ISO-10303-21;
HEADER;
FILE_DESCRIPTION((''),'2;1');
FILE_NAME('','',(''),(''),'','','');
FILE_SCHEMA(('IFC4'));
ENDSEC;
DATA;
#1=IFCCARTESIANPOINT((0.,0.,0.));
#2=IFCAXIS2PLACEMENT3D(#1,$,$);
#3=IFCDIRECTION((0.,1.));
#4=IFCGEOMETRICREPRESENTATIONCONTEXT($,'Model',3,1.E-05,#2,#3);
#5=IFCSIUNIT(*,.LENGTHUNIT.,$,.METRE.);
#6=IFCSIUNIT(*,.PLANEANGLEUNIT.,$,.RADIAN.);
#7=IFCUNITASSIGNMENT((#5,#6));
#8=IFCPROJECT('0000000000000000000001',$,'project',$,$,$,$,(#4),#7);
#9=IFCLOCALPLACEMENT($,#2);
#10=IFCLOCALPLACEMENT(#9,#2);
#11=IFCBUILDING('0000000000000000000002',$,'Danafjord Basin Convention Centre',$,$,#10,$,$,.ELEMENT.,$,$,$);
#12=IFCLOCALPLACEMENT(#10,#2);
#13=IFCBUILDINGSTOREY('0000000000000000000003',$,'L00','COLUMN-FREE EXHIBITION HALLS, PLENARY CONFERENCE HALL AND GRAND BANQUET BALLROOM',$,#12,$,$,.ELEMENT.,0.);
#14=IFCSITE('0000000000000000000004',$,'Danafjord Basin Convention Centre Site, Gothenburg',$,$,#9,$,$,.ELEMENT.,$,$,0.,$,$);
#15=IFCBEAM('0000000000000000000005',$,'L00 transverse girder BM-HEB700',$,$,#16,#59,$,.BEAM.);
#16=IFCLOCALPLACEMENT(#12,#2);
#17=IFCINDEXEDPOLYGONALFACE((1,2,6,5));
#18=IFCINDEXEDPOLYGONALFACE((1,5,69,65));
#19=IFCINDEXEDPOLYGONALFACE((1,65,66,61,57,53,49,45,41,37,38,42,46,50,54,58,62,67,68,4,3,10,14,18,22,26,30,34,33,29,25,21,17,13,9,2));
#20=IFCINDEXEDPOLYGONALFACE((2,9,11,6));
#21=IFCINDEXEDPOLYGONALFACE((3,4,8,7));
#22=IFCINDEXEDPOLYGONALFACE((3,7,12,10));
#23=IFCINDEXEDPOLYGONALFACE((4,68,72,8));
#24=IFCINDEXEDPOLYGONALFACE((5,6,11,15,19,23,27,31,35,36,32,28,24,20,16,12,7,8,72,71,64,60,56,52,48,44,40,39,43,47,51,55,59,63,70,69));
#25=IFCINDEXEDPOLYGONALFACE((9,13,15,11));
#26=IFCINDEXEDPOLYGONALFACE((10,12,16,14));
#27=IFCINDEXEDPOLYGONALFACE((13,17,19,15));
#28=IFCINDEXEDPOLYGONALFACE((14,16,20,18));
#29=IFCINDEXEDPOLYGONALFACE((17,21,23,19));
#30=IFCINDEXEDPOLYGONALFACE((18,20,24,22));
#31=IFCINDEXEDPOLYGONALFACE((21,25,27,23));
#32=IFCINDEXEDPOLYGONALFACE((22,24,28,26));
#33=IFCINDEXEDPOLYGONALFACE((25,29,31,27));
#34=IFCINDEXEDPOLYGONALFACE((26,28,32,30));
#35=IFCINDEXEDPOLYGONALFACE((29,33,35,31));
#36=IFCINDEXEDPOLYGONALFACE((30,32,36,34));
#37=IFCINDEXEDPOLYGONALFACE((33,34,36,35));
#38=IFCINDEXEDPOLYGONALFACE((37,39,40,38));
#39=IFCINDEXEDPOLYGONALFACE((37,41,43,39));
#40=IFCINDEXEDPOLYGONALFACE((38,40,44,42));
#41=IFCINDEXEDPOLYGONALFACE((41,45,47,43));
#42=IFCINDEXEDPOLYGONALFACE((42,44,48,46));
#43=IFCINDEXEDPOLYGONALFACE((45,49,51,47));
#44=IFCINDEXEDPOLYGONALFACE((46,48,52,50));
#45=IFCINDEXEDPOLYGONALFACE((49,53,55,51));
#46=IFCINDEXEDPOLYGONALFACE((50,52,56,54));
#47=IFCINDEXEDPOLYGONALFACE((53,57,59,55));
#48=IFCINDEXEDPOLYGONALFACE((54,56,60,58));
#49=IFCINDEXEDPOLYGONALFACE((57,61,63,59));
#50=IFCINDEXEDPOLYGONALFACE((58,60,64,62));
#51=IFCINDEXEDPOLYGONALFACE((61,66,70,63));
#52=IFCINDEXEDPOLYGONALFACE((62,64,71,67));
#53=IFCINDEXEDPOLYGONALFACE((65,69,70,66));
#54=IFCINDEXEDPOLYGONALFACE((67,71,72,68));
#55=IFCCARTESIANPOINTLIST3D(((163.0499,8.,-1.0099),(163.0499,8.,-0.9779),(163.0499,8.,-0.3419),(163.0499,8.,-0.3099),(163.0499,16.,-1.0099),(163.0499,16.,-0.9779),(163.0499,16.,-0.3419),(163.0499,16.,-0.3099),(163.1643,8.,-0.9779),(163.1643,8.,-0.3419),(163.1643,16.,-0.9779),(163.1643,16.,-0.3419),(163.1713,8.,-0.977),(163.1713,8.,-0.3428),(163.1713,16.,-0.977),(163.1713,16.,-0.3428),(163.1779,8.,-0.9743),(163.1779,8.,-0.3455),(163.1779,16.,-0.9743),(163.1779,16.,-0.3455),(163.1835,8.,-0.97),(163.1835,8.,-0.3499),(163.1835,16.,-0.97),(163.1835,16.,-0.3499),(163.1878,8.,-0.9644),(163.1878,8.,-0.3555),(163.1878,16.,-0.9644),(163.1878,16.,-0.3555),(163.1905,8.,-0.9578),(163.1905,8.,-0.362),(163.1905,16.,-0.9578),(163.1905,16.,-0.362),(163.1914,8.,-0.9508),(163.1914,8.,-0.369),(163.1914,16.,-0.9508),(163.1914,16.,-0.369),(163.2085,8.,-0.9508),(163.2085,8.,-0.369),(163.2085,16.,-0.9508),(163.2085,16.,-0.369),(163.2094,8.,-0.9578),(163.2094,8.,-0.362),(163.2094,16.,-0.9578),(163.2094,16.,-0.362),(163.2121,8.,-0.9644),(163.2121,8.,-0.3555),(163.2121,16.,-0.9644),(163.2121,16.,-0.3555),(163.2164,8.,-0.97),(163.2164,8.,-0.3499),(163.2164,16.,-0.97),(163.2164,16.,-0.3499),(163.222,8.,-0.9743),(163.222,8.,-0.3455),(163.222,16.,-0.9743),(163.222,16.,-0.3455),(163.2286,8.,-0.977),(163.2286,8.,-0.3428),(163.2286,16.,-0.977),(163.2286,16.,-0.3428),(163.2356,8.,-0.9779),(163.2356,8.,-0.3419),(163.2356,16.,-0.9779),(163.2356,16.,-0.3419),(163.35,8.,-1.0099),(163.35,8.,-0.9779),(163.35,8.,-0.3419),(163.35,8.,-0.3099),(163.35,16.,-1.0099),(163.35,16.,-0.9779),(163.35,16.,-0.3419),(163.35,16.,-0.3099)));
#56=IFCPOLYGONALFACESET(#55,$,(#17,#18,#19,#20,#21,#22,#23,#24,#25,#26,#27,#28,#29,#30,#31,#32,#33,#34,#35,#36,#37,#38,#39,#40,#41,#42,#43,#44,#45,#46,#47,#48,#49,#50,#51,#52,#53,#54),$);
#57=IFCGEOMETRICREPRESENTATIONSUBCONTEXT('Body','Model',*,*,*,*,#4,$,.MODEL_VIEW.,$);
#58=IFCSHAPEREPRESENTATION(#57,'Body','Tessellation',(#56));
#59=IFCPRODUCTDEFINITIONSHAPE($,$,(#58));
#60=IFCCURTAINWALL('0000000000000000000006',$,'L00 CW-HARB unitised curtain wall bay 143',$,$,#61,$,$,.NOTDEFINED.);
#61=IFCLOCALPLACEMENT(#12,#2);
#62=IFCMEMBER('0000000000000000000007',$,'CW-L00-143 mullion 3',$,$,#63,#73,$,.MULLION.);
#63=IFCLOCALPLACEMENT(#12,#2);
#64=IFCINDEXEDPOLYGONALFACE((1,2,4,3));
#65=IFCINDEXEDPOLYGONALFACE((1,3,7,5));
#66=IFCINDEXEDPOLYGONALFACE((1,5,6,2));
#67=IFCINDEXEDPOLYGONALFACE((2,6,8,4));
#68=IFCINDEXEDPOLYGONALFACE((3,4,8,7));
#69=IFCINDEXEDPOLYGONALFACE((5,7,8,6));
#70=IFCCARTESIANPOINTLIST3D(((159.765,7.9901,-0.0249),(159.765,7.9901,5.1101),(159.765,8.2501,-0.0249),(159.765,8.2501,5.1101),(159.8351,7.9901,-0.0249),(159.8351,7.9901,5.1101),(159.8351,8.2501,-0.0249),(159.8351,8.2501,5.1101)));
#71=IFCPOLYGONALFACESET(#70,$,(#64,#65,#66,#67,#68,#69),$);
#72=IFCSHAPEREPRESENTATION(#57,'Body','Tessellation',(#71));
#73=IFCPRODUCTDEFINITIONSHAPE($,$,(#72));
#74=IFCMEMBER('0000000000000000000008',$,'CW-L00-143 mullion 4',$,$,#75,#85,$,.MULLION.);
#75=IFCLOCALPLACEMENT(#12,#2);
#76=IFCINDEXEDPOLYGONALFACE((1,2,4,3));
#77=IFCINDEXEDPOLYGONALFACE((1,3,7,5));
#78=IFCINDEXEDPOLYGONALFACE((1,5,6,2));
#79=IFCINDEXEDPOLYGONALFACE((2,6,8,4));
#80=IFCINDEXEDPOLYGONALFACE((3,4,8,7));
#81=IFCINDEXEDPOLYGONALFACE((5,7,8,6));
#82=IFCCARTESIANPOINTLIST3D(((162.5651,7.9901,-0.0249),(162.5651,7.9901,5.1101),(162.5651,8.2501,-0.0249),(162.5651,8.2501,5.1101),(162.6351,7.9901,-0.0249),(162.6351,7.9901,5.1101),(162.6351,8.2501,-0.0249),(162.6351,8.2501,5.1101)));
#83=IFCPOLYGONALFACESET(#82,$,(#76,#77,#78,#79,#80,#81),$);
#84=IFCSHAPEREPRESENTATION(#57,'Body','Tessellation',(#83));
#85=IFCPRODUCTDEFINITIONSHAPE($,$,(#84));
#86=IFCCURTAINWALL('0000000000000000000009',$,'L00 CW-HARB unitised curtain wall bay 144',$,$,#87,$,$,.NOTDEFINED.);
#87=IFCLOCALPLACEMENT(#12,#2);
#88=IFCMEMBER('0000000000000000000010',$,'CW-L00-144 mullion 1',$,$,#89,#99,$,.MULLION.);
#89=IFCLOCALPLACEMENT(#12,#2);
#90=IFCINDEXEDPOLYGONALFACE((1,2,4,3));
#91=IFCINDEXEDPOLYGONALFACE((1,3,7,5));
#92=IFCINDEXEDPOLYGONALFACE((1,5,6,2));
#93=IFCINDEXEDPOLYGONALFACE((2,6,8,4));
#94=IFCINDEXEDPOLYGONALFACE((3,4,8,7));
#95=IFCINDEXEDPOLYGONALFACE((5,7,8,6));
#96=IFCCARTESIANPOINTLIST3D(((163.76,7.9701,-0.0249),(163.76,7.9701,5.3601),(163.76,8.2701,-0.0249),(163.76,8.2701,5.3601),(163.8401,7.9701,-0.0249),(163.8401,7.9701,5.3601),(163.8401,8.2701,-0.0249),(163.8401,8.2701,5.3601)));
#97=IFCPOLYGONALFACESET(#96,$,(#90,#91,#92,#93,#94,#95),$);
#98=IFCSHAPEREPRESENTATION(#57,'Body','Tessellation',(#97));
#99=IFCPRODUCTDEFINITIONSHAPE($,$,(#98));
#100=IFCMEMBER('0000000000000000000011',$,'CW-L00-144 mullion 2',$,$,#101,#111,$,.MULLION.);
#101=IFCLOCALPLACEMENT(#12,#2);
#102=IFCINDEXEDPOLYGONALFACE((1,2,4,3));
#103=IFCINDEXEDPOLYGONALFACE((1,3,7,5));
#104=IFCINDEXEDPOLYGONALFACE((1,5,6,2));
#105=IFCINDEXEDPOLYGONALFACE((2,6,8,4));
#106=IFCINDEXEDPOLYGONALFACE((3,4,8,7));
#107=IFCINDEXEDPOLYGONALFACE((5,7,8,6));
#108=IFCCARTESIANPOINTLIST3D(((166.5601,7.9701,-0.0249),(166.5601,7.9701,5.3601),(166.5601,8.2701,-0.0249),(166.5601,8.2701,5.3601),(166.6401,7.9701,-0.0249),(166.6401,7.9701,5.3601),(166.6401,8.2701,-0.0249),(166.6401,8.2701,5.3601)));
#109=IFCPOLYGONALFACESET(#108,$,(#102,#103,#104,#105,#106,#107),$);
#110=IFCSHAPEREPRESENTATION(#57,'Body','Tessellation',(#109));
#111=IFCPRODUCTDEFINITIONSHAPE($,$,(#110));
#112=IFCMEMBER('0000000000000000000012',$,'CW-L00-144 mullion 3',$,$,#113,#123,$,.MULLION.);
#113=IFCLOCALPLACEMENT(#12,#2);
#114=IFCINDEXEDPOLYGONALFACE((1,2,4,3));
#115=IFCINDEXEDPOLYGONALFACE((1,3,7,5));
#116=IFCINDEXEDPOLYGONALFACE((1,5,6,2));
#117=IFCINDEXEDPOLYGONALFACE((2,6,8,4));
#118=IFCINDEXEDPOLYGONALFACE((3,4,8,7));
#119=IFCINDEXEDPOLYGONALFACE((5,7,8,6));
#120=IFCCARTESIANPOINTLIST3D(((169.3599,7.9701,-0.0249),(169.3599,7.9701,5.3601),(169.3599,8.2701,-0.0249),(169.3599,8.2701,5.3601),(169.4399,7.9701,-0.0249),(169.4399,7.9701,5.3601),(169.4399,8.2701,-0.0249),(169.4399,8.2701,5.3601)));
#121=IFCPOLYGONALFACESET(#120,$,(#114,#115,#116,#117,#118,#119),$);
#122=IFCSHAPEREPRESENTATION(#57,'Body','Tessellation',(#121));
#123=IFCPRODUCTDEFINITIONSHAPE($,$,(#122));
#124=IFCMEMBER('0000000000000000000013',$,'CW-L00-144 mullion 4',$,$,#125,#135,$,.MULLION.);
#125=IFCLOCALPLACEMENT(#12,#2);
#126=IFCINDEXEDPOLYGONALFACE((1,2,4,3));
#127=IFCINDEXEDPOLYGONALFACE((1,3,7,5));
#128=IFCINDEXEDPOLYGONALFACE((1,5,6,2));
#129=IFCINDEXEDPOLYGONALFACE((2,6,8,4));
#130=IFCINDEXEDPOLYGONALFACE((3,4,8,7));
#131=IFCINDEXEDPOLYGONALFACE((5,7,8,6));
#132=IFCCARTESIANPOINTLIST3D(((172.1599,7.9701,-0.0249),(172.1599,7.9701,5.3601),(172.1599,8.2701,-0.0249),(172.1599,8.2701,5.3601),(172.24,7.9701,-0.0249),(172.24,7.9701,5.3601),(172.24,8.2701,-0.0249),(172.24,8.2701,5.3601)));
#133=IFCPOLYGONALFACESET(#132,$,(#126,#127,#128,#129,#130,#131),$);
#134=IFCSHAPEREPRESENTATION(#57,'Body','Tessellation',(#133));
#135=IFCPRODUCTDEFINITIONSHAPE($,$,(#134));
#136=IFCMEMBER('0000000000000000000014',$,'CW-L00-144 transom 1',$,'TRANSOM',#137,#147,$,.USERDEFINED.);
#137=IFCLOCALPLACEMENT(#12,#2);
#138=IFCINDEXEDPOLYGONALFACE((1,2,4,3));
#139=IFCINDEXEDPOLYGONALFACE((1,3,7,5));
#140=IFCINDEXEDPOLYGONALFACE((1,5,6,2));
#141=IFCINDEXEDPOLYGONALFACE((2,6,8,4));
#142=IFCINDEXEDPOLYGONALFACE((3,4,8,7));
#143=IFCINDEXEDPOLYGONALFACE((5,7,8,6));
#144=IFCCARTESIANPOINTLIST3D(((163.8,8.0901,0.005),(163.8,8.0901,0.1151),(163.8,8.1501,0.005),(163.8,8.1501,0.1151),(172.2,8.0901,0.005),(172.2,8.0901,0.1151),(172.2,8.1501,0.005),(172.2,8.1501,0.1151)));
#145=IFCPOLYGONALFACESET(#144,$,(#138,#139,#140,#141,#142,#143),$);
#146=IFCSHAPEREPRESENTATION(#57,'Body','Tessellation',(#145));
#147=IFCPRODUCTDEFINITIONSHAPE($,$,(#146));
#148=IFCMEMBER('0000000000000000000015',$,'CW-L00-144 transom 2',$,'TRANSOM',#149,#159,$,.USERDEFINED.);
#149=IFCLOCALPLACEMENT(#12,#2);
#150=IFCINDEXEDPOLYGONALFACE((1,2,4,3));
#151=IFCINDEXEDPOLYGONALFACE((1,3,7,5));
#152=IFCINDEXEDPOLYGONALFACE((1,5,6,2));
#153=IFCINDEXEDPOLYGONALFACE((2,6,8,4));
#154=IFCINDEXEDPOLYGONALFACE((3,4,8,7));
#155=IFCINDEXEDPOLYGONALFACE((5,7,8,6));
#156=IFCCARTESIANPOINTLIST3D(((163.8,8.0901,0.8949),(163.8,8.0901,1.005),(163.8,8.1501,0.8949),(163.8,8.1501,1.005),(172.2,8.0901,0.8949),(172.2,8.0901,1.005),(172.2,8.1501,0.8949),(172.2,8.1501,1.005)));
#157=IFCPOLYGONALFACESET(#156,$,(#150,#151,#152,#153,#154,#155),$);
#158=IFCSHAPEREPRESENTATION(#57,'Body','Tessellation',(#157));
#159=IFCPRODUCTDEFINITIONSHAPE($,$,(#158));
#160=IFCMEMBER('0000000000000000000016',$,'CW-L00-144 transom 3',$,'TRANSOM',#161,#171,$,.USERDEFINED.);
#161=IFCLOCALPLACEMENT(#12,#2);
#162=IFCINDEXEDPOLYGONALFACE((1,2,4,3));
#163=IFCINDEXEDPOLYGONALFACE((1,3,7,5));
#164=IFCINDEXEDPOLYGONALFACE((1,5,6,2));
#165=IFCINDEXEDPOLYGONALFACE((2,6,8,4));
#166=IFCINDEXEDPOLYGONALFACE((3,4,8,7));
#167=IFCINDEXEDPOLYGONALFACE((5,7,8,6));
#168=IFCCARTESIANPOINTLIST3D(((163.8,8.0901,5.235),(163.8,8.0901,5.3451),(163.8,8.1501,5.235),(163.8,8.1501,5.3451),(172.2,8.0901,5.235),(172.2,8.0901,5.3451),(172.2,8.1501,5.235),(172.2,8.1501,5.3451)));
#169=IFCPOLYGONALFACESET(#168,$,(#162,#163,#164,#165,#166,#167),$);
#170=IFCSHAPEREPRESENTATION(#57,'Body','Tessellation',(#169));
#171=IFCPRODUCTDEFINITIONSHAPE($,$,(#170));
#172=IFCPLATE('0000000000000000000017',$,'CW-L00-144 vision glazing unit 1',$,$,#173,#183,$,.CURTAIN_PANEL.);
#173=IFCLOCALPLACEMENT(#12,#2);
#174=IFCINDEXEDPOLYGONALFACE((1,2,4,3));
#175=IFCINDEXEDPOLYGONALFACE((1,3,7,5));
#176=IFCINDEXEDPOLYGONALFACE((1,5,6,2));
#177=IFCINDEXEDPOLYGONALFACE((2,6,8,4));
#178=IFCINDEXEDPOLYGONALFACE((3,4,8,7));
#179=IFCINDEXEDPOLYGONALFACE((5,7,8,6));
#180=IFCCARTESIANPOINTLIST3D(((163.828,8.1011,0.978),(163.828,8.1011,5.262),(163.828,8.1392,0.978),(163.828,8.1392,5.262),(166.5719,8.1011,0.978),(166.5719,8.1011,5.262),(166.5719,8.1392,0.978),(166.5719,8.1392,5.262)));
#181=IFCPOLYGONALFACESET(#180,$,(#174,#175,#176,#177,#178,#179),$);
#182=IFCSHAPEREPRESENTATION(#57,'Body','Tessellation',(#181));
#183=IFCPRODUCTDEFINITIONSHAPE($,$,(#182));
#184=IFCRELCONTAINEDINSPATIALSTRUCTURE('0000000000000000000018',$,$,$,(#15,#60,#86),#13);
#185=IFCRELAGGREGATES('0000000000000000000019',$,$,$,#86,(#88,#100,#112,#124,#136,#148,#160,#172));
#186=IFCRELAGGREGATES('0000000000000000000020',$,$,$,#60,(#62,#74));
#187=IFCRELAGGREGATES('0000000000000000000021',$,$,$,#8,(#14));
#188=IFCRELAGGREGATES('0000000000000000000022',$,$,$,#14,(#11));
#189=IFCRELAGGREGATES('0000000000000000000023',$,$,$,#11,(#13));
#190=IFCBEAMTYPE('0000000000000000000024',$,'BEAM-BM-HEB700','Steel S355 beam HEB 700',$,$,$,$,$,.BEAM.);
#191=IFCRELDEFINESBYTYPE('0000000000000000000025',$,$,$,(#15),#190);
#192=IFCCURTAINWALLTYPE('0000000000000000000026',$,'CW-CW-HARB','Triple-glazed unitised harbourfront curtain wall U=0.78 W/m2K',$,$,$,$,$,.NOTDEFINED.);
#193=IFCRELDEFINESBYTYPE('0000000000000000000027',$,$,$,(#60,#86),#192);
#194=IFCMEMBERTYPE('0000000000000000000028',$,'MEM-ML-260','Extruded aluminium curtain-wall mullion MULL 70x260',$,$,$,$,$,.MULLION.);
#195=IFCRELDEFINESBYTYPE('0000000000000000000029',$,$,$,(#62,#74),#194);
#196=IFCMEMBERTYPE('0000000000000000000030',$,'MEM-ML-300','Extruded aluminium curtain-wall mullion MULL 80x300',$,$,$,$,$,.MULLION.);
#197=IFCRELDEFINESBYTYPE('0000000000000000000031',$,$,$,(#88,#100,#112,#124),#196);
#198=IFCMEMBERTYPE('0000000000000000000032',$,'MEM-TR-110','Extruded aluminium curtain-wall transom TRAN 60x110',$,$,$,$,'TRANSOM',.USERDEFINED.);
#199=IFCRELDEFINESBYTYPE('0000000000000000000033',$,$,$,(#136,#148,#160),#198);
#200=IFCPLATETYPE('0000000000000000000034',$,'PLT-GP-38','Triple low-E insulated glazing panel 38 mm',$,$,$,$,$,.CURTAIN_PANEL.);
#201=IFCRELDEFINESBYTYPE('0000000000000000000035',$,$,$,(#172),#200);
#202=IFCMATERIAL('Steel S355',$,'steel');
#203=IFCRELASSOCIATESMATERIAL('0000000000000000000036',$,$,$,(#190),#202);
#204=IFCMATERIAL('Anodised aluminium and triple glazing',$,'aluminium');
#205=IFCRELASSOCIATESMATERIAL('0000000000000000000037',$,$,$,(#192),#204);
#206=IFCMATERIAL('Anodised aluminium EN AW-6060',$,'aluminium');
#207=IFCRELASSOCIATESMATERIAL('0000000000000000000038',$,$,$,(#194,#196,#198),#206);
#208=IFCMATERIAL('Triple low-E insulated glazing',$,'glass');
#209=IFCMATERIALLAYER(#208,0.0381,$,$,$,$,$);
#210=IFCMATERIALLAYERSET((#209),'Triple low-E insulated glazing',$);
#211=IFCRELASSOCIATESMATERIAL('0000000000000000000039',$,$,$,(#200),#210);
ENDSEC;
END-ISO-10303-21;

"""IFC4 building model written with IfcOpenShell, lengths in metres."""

from ifc_helpers import new_model, si_unit, direction, frame, origin, origin_2d, place, context, subcontext, project, spatial, rectangle, i_section, extrude, material, layer, layer_set, material_profile, profile_set, type_object, element, aggregate, save


model = new_model("IFC4")

# Units and contexts
model_context = context("Model", 3, precision=1e-05, world=origin(), true_north=direction((0.0, 1.0)))
body_context = subcontext(model_context, "Body", "Model", "MODEL_VIEW")
ifc_project = project(units=[si_unit("LENGTHUNIT", "METRE"), si_unit("PLANEANGLEUNIT", "RADIAN")], contexts=[model_context])

# Site, building, storey
site_placement = place(None, origin())
site = spatial("IfcSite", under=ifc_project, at=site_placement, Name="Danafjord Basin Convention Centre Site, Gothenburg", CompositionType="ELEMENT", RefElevation=0.0)
building_placement = place(site_placement, origin())
building = spatial("IfcBuilding", under=site, at=building_placement, Name="Danafjord Basin Convention Centre", CompositionType="ELEMENT")
storey_placement = place(building_placement, origin())
storey = spatial("IfcBuildingStorey", under=building, at=storey_placement, Name="L00", Description="COLUMN-FREE EXHIBITION HALLS, PLENARY CONFERENCE HALL AND GRAND BANQUET BALLROOM", CompositionType="ELEMENT", Elevation=0.0)

# Shared definitions
ifc_material_1 = material(Name="Steel S355", Category="steel")

# Beam
ifc_material_profile_1 = material_profile(ifc_material_1, i_section(OverallWidth=0.3, OverallDepth=0.7, WebThickness=0.0171, FlangeThickness=0.032, FilletRadius=0.0271, at=origin_2d()), Name="HEB 700")
ifc_profile_set_1 = profile_set([ifc_material_profile_1], Name="Steel S355")
beam_type_1 = type_object("IfcBeamType", Name="BEAM-BM-HEB700", Description="Steel S355 beam HEB 700", PredefinedType="BEAM", material=ifc_profile_set_1)
beam_1_placement = place(storey_placement, frame((163.2, 8.0, -0.6599), z_axis=(0.0, 1.0, 0.0), x_axis=(-1.0, 0.0, 0.0)))
element("IfcBeam", 1, at=beam_1_placement, inside=storey, type_object=beam_type_1, Name="L00 transverse girder BM-HEB700", PredefinedType="BEAM", context=body_context, shape_type="SweptSolid", body=[
    extrude(i_section(OverallWidth=0.3, OverallDepth=0.7, WebThickness=0.0171, FlangeThickness=0.032, FilletRadius=0.0271, at=origin_2d()), origin(), (0.0, 0.0, 1.0), 8.0),
])

# Curtain wall, members
ifc_material_2 = material(Name="Anodised aluminium and triple glazing", Category="aluminium")
curtain_wall_type = type_object("IfcCurtainWallType", Name="CW-CW-HARB", Description="Triple-glazed unitised harbourfront curtain wall U=0.78 W/m2K", PredefinedType="NOTDEFINED", material=ifc_material_2)
curtain_wall_1_placement = place(storey_placement, origin())
curtain_wall_1 = element("IfcCurtainWall", 2, at=curtain_wall_1_placement, inside=storey, type_object=curtain_wall_type, Name="L00 CW-HARB unitised curtain wall bay 143", PredefinedType="NOTDEFINED")
ifc_material_3 = material(Name="Anodised aluminium EN AW-6060", Category="aluminium")
ifc_material_profile_2 = material_profile(ifc_material_3, rectangle(XDim=0.0701, YDim=0.26, at=origin_2d()), Name="MULL 70x260")
ifc_profile_set_2 = profile_set([ifc_material_profile_2], Name="Anodised aluminium EN AW-6060")
member_type_1 = type_object("IfcMemberType", Name="MEM-ML-260", Description="Extruded aluminium curtain-wall mullion MULL 70x260", PredefinedType="MULLION", material=ifc_profile_set_2)
member_1_placement = place(storey_placement, frame((159.8, 8.1201, -0.0249), z_axis=(0.0, 0.0, 1.0), x_axis=(1.0, 0.0, 0.0)))
member_1 = element("IfcMember", 3, at=member_1_placement, type_object=member_type_1, Name="CW-L00-143 mullion 3", PredefinedType="MULLION", context=body_context, shape_type="SweptSolid", body=[
    extrude(rectangle(XDim=0.0701, YDim=0.26, at=origin_2d()), origin(), (0.0, 0.0, 1.0), 5.135),
])
member_2_placement = place(storey_placement, frame((162.6001, 8.1201, -0.0249), z_axis=(0.0, 0.0, 1.0), x_axis=(1.0, 0.0, 0.0)))
member_2 = element("IfcMember", 4, at=member_2_placement, type_object=member_type_1, Name="CW-L00-143 mullion 4", PredefinedType="MULLION", context=body_context, shape_type="SweptSolid", body=[
    extrude(rectangle(XDim=0.0701, YDim=0.26, at=origin_2d()), origin(), (0.0, 0.0, 1.0), 5.135),
])

# Curtain wall, members, plate
curtain_wall_2_placement = place(storey_placement, origin())
curtain_wall_2 = element("IfcCurtainWall", 5, at=curtain_wall_2_placement, inside=storey, type_object=curtain_wall_type, Name="L00 CW-HARB unitised curtain wall bay 144", PredefinedType="NOTDEFINED")
ifc_material_profile_3 = material_profile(ifc_material_3, rectangle(XDim=0.0801, YDim=0.3, at=origin_2d()), Name="MULL 80x300")
ifc_profile_set_3 = profile_set([ifc_material_profile_3], Name="Anodised aluminium EN AW-6060")
member_type_2 = type_object("IfcMemberType", Name="MEM-ML-300", Description="Extruded aluminium curtain-wall mullion MULL 80x300", PredefinedType="MULLION", material=ifc_profile_set_3)
member_3_placement = place(storey_placement, frame((163.8, 8.1201, -0.0249), z_axis=(0.0, 0.0, 1.0), x_axis=(1.0, 0.0, 0.0)))
member_3 = element("IfcMember", 6, at=member_3_placement, type_object=member_type_2, Name="CW-L00-144 mullion 1", PredefinedType="MULLION", context=body_context, shape_type="SweptSolid", body=[
    extrude(rectangle(XDim=0.0801, YDim=0.3, at=origin_2d()), origin(), (0.0, 0.0, 1.0), 5.385),
])
member_4_placement = place(storey_placement, frame((166.6001, 8.1201, -0.0249), z_axis=(0.0, 0.0, 1.0), x_axis=(1.0, 0.0, 0.0)))
member_4 = element("IfcMember", 7, at=member_4_placement, type_object=member_type_2, Name="CW-L00-144 mullion 2", PredefinedType="MULLION", context=body_context, shape_type="SweptSolid", body=[
    extrude(rectangle(XDim=0.0801, YDim=0.3, at=origin_2d()), origin(), (0.0, 0.0, 1.0), 5.385),
])
member_5_placement = place(storey_placement, frame((169.3999, 8.1201, -0.0249), z_axis=(0.0, 0.0, 1.0), x_axis=(1.0, 0.0, 0.0)))
member_5 = element("IfcMember", 8, at=member_5_placement, type_object=member_type_2, Name="CW-L00-144 mullion 3", PredefinedType="MULLION", context=body_context, shape_type="SweptSolid", body=[
    extrude(rectangle(XDim=0.0801, YDim=0.3, at=origin_2d()), origin(), (0.0, 0.0, 1.0), 5.385),
])
member_6_placement = place(storey_placement, frame((172.2, 8.1201, -0.0249), z_axis=(0.0, 0.0, 1.0), x_axis=(1.0, 0.0, 0.0)))
member_6 = element("IfcMember", 9, at=member_6_placement, type_object=member_type_2, Name="CW-L00-144 mullion 4", PredefinedType="MULLION", context=body_context, shape_type="SweptSolid", body=[
    extrude(rectangle(XDim=0.0801, YDim=0.3, at=origin_2d()), origin(), (0.0, 0.0, 1.0), 5.385),
])
ifc_material_profile_4 = material_profile(ifc_material_3, rectangle(XDim=0.0601, YDim=0.1101, at=origin_2d()), Name="TRAN 60x110")
ifc_profile_set_4 = profile_set([ifc_material_profile_4], Name="Anodised aluminium EN AW-6060")
member_type_3 = type_object("IfcMemberType", Name="MEM-TR-110", Description="Extruded aluminium curtain-wall transom TRAN 60x110", ElementType="TRANSOM", PredefinedType="USERDEFINED", material=ifc_profile_set_4)
member_7_placement = place(storey_placement, frame((163.8, 8.1201, 0.0601), z_axis=(1.0, 0.0, 0.0), x_axis=(0.0, 1.0, 0.0)))
member_7 = element("IfcMember", 10, at=member_7_placement, type_object=member_type_3, Name="CW-L00-144 transom 1", ObjectType="TRANSOM", PredefinedType="USERDEFINED", context=body_context, shape_type="SweptSolid", body=[
    extrude(rectangle(XDim=0.0601, YDim=0.1101, at=origin_2d()), origin(), (0.0, 0.0, 1.0), 8.3999),
])
member_8_placement = place(storey_placement, frame((163.8, 8.1201, 0.95), z_axis=(1.0, 0.0, 0.0), x_axis=(0.0, 1.0, 0.0)))
member_8 = element("IfcMember", 11, at=member_8_placement, type_object=member_type_3, Name="CW-L00-144 transom 2", ObjectType="TRANSOM", PredefinedType="USERDEFINED", context=body_context, shape_type="SweptSolid", body=[
    extrude(rectangle(XDim=0.0601, YDim=0.1101, at=origin_2d()), origin(), (0.0, 0.0, 1.0), 8.3999),
])
member_9_placement = place(storey_placement, frame((163.8, 8.1201, 5.29), z_axis=(1.0, 0.0, 0.0), x_axis=(0.0, 1.0, 0.0)))
member_9 = element("IfcMember", 12, at=member_9_placement, type_object=member_type_3, Name="CW-L00-144 transom 3", ObjectType="TRANSOM", PredefinedType="USERDEFINED", context=body_context, shape_type="SweptSolid", body=[
    extrude(rectangle(XDim=0.0601, YDim=0.1101, at=origin_2d()), origin(), (0.0, 0.0, 1.0), 8.3999),
])
ifc_material_4 = material(Name="Triple low-E insulated glazing", Category="glass")
ifc_layer_1 = layer(ifc_material_4, 0.0381)
ifc_layer_set_1 = layer_set([ifc_layer_1], Name="Triple low-E insulated glazing")
plate_type_1 = type_object("IfcPlateType", Name="PLT-GP-38", Description="Triple low-E insulated glazing panel 38 mm", PredefinedType="CURTAIN_PANEL", material=ifc_layer_set_1)
plate_1_placement = place(storey_placement, frame((165.2, 8.1201, 0.978), z_axis=(0.0, 0.0, 1.0), x_axis=(1.0, 0.0, 0.0)))
plate_1 = element("IfcPlate", 13, at=plate_1_placement, type_object=plate_type_1, Name="CW-L00-144 vision glazing unit 1", PredefinedType="CURTAIN_PANEL", context=body_context, shape_type="SweptSolid", body=[
    extrude(rectangle(XDim=2.7439, YDim=0.0381, at=origin_2d()), origin(), (0.0, 0.0, 1.0), 4.2839),
])

aggregate(curtain_wall_2, [member_3, member_4, member_5, member_6, member_7, member_8, member_9, plate_1])
aggregate(curtain_wall_1, [member_1, member_2])

save(model, "model.ifc")
